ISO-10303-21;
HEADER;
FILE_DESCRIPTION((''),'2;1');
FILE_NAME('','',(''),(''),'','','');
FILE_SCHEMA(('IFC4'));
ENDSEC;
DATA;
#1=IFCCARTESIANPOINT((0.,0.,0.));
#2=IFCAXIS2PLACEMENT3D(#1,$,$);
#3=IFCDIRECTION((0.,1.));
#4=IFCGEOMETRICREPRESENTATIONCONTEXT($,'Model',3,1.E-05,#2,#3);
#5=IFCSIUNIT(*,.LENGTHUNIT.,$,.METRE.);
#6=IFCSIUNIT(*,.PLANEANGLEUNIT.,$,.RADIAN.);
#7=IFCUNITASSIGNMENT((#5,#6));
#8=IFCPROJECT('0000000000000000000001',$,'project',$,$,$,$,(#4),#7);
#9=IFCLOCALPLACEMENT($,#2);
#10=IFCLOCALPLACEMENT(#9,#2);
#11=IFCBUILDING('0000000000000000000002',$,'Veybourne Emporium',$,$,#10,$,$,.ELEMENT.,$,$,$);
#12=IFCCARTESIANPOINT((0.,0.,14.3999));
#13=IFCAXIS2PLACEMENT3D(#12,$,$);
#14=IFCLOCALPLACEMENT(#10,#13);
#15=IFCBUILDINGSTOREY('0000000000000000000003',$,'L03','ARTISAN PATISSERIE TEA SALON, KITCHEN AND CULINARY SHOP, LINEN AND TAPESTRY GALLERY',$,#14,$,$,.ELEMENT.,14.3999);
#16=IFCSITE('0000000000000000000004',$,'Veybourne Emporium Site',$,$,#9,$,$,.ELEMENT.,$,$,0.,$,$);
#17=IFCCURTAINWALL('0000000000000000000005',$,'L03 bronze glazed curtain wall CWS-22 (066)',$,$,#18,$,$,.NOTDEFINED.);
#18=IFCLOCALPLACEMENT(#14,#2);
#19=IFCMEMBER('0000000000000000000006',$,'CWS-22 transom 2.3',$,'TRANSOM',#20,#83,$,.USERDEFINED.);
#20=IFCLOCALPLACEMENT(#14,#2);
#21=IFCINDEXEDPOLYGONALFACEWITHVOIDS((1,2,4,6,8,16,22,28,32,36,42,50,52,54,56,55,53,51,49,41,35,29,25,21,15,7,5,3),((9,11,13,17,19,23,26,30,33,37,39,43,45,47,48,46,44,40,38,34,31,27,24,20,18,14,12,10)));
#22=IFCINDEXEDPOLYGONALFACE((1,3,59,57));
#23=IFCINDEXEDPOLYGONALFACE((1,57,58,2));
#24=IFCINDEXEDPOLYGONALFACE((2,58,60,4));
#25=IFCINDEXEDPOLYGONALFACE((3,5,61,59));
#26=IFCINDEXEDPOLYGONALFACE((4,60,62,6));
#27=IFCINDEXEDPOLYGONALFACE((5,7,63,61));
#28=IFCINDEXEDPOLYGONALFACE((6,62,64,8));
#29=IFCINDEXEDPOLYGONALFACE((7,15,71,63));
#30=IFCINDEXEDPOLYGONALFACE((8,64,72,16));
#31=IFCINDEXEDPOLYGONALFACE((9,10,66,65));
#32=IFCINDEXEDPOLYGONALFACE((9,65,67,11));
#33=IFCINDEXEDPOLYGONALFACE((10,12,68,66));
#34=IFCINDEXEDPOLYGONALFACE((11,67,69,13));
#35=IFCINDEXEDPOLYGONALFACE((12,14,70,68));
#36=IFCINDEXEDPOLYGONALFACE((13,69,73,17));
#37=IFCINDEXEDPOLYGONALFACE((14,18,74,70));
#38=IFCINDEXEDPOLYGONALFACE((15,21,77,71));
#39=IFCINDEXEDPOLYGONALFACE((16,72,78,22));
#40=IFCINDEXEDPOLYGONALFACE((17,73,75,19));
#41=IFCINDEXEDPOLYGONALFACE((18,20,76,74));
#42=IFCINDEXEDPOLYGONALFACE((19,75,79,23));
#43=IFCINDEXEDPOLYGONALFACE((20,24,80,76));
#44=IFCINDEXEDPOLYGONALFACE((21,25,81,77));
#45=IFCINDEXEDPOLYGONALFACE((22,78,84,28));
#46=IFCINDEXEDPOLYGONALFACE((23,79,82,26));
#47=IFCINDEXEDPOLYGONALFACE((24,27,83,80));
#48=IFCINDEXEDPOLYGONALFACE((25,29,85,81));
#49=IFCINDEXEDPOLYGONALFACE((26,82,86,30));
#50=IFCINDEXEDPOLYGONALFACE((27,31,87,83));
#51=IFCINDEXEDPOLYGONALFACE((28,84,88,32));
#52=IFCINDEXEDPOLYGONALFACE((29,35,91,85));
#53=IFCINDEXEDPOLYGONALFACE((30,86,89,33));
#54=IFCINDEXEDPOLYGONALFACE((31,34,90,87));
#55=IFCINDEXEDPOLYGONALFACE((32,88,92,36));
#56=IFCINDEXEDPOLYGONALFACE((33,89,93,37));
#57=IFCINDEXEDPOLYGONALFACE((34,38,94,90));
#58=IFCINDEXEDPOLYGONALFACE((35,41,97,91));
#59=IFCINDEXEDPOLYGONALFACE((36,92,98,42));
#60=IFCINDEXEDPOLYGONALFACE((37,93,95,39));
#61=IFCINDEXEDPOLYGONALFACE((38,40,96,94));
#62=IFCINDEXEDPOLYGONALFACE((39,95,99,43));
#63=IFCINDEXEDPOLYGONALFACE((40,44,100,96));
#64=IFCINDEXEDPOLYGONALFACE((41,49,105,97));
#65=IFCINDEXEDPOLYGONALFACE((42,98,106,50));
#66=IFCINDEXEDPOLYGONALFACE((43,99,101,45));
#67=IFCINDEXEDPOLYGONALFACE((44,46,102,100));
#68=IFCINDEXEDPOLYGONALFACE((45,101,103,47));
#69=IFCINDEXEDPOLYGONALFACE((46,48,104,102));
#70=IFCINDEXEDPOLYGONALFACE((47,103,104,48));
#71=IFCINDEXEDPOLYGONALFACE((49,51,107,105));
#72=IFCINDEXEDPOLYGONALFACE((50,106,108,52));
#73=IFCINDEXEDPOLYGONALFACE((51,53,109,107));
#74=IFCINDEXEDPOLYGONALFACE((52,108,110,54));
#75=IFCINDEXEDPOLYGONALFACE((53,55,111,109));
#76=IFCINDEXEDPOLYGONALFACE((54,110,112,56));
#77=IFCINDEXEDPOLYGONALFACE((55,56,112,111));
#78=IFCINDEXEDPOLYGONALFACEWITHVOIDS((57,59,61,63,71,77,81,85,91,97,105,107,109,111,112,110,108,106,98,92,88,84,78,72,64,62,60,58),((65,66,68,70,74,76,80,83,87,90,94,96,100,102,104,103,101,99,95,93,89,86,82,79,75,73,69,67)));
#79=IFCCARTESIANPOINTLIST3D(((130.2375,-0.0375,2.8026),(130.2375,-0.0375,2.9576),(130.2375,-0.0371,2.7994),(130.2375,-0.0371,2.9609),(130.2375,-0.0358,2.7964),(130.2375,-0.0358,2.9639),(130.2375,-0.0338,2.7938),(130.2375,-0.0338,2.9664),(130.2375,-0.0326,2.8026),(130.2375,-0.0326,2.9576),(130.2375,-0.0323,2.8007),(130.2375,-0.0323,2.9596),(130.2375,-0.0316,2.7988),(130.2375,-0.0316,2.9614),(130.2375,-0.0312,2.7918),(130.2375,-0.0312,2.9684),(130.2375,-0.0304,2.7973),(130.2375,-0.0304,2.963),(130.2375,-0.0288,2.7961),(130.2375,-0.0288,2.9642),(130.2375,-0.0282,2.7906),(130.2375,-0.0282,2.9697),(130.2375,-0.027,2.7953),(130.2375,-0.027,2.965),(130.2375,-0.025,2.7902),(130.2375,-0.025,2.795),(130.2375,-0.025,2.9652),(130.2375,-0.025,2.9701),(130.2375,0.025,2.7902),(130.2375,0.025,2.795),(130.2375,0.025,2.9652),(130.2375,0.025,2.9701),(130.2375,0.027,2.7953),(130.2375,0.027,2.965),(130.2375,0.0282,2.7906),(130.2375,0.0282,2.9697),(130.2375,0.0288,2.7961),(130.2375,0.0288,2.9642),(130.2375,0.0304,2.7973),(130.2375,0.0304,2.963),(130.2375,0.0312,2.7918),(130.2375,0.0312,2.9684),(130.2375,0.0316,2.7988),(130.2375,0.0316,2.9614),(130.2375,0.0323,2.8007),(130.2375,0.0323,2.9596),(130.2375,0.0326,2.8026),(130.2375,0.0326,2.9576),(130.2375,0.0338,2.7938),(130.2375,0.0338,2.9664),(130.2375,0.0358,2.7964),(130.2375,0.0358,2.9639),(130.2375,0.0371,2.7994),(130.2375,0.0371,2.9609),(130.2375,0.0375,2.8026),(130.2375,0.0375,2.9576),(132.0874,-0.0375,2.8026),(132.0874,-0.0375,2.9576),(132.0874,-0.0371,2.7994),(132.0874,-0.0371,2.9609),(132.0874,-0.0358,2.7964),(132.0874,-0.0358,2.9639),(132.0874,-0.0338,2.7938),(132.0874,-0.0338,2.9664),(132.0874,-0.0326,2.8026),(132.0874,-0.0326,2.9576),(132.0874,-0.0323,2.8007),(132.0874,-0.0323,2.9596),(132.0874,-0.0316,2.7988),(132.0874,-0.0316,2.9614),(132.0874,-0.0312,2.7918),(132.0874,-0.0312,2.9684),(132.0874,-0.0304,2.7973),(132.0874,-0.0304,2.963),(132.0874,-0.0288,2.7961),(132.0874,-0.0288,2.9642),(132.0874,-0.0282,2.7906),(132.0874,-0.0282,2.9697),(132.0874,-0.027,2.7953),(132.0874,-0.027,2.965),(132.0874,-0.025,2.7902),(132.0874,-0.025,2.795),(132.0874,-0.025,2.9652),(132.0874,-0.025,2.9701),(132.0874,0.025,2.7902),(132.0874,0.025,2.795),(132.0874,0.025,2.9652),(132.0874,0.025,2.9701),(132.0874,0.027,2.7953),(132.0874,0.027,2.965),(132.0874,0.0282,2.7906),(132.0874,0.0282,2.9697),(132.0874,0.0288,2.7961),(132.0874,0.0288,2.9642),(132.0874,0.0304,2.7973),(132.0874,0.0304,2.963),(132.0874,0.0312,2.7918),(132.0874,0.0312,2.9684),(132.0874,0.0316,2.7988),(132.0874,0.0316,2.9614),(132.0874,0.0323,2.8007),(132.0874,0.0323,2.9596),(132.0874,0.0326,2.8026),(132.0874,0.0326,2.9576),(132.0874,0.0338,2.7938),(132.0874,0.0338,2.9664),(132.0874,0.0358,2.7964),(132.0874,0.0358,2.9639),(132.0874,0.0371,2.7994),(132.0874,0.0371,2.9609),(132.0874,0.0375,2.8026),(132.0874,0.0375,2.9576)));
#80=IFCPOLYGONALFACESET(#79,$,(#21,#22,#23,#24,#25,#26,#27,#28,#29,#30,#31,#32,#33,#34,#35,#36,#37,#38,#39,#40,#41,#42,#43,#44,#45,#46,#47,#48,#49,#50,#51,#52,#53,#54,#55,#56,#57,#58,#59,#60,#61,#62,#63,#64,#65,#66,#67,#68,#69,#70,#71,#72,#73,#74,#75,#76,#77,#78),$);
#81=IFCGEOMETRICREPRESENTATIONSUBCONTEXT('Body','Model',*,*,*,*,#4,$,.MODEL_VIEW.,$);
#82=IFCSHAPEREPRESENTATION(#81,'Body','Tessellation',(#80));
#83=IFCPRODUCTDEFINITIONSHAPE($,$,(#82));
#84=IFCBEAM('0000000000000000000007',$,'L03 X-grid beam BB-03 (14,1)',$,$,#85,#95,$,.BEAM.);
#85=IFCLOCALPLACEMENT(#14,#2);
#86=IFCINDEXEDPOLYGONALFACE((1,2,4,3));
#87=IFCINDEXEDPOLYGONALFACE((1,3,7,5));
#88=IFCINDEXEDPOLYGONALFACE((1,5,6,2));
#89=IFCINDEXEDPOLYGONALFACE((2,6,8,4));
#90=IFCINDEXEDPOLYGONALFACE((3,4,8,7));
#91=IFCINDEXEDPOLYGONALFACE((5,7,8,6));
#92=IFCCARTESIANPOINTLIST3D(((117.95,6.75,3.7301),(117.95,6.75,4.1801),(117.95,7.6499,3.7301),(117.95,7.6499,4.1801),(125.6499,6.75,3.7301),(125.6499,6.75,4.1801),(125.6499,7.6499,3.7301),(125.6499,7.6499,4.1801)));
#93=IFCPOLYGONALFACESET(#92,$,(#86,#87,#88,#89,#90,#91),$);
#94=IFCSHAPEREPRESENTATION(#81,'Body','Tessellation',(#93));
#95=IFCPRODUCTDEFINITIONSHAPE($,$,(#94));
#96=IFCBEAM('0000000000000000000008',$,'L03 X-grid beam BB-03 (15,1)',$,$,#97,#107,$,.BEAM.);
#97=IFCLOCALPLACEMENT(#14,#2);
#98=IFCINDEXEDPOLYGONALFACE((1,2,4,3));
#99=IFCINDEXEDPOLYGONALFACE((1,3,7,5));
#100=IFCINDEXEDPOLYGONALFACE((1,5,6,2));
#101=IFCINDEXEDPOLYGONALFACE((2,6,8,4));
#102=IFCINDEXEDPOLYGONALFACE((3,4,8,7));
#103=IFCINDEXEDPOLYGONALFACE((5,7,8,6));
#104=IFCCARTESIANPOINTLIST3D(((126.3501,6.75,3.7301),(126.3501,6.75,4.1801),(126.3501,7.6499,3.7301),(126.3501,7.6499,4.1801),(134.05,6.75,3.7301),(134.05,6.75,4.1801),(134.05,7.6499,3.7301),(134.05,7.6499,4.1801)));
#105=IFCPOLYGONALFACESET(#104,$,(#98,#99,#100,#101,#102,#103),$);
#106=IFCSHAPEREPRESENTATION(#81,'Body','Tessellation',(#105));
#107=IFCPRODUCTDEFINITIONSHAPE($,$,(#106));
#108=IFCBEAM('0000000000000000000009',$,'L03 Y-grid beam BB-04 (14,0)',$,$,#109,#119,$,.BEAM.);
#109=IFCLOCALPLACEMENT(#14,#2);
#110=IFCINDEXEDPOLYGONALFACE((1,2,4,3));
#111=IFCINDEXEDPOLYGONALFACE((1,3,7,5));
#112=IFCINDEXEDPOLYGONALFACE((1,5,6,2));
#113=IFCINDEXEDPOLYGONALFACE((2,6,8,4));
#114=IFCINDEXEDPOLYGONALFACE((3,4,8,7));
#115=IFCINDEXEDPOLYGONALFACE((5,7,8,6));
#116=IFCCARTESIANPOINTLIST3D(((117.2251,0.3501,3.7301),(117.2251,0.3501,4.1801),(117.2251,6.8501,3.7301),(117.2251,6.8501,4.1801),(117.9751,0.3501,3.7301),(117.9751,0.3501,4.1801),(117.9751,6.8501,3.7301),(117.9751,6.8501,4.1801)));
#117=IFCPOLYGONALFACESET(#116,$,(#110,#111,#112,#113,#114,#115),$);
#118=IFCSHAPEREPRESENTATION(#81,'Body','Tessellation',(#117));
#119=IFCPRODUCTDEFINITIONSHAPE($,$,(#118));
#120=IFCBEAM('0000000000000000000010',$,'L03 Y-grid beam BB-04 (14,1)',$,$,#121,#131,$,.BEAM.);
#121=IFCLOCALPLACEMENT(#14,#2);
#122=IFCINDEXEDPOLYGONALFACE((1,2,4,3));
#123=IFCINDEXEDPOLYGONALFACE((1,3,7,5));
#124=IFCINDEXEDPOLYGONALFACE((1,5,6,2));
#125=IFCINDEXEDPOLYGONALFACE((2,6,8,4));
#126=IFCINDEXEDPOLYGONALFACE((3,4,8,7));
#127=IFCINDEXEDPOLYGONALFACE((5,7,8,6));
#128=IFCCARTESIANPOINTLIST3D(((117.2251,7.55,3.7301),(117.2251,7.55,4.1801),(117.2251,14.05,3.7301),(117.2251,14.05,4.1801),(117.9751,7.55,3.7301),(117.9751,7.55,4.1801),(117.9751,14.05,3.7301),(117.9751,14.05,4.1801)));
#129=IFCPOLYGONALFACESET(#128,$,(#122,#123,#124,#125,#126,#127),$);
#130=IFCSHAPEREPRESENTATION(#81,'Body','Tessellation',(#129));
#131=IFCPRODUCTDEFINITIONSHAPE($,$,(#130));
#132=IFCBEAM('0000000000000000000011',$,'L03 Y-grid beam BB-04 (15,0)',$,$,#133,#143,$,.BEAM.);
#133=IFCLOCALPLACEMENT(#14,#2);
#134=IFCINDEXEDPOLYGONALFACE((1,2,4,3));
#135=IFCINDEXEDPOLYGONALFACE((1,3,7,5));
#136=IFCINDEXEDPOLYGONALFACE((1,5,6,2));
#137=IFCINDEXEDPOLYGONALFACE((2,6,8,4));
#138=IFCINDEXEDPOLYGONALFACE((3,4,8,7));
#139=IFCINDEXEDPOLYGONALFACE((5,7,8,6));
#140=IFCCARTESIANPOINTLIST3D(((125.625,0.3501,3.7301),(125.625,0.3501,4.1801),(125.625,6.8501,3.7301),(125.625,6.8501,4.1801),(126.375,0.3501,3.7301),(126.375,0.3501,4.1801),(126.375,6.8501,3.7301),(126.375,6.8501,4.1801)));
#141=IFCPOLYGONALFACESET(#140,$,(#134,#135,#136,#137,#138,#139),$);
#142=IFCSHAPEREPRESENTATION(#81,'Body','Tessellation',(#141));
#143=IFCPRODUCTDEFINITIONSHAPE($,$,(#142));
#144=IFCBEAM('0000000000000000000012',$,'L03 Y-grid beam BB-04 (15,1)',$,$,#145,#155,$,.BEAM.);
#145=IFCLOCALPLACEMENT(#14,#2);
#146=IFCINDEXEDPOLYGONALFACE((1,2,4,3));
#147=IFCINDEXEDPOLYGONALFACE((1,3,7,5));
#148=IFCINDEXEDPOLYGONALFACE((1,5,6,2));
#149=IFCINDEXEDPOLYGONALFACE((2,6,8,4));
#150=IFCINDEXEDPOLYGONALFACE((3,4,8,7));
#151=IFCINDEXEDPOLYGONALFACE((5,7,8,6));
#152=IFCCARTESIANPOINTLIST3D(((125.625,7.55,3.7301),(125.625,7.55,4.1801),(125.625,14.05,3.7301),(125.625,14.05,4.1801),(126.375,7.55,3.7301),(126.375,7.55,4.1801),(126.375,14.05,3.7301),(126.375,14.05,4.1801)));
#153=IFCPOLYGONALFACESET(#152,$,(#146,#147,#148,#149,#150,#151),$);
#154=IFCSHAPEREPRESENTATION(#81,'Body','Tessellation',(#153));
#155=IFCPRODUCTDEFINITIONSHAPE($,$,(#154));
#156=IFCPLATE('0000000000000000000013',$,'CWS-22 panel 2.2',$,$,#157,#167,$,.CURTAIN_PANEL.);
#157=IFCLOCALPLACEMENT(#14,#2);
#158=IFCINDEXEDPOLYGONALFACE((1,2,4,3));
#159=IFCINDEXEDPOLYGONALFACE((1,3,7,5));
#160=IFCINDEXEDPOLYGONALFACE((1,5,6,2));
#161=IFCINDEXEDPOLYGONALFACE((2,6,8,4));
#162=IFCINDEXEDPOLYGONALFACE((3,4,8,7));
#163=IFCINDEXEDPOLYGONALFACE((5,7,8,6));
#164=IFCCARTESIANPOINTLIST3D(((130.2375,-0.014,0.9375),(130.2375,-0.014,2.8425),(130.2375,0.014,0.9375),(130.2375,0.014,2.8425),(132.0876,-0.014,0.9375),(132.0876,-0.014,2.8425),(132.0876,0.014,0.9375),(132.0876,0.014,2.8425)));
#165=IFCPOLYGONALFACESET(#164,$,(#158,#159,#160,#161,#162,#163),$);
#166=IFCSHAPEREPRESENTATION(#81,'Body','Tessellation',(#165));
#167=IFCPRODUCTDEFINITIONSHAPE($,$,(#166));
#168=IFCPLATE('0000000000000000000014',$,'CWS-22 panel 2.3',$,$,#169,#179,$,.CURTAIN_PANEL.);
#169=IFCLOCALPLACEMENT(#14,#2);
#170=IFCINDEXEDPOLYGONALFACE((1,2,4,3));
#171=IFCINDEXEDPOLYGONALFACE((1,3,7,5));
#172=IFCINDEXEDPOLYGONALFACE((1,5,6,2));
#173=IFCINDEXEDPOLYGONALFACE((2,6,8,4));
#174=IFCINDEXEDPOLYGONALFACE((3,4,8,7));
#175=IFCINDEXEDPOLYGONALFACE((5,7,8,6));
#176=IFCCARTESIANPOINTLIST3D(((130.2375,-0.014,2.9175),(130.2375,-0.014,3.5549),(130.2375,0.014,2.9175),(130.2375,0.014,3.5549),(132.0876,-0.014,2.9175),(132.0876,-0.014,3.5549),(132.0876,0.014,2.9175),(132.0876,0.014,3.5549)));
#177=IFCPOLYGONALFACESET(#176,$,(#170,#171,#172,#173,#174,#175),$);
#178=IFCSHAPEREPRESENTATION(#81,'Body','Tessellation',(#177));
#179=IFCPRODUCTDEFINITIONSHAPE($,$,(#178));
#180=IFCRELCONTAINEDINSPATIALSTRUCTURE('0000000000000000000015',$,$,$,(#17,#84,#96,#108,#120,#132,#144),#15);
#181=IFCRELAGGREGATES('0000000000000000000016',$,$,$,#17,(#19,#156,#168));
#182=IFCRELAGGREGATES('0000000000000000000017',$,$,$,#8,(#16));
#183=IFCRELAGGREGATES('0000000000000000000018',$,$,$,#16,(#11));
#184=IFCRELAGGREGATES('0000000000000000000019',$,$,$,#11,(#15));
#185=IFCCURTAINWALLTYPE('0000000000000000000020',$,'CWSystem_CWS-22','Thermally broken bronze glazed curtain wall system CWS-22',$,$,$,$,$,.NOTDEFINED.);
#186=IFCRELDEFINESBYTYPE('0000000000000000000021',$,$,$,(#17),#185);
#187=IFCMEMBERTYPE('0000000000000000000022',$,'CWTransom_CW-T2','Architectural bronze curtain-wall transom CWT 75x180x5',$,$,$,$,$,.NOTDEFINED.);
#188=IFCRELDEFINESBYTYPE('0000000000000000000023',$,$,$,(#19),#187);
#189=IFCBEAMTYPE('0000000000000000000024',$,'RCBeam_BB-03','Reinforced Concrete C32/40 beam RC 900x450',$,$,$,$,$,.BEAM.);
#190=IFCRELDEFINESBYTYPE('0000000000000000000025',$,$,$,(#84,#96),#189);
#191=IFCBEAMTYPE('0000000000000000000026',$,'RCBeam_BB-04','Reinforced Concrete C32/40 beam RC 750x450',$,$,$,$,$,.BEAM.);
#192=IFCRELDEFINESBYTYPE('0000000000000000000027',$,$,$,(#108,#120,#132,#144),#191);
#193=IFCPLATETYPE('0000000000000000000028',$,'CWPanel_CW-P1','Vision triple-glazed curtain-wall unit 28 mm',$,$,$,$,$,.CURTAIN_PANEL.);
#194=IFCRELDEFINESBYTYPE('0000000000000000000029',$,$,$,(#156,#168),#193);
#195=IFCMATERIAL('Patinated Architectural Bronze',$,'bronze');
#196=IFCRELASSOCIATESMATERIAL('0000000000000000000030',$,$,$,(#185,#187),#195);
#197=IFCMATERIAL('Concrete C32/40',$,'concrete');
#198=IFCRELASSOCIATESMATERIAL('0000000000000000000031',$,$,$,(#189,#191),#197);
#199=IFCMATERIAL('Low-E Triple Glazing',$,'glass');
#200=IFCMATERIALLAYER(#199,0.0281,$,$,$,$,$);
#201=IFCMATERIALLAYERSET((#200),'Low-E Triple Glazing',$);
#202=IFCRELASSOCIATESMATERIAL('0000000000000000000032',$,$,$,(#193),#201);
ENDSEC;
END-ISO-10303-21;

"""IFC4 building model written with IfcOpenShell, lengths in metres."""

from ifc_helpers import new_model, si_unit, direction, frame, origin, origin_2d, place, context, subcontext, project, spatial, rectangle, hollow_rectangle, extrude, material, layer, layer_set, material_profile, profile_set, type_object, element, aggregate, save


model = new_model("IFC4")

# Units and contexts
model_context = context("Model", 3, precision=1e-05, world=origin(), true_north=direction((0.0, 1.0)))
body_context = subcontext(model_context, "Body", "Model", "MODEL_VIEW")
ifc_project = project(units=[si_unit("LENGTHUNIT", "METRE"), si_unit("PLANEANGLEUNIT", "RADIAN")], contexts=[model_context])

# Site, building, storey
site_placement = place(None, origin())
site = spatial("IfcSite", under=ifc_project, at=site_placement, Name="Veybourne Emporium Site", CompositionType="ELEMENT", RefElevation=0.0)
building_placement = place(site_placement, origin())
building = spatial("IfcBuilding", under=site, at=building_placement, Name="Veybourne Emporium", CompositionType="ELEMENT")
storey_placement = place(building_placement, frame((0.0, 0.0, 14.3999)))
storey = spatial("IfcBuildingStorey", under=building, at=storey_placement, Name="L03", Description="ARTISAN PATISSERIE TEA SALON, KITCHEN AND CULINARY SHOP, LINEN AND TAPESTRY GALLERY", CompositionType="ELEMENT", Elevation=14.3999)

# Curtain wall, member
ifc_material_1 = material(Name="Patinated Architectural Bronze", Category="bronze")
curtain_wall_type = type_object("IfcCurtainWallType", Name="CWSystem_CWS-22", Description="Thermally broken bronze glazed curtain wall system CWS-22", PredefinedType="NOTDEFINED", material=ifc_material_1)
curtain_wall_placement = place(storey_placement, origin())
curtain_wall = element("IfcCurtainWall", 1, at=curtain_wall_placement, inside=storey, type_object=curtain_wall_type, Name="L03 bronze glazed curtain wall CWS-22 (066)", PredefinedType="NOTDEFINED")
ifc_material_profile_1 = material_profile(ifc_material_1, hollow_rectangle(XDim=0.075, YDim=0.1799, WallThickness=0.0049, InnerFilletRadius=0.0076, OuterFilletRadius=0.0125, at=origin_2d()), Name="CWT 75x180x5")
ifc_profile_set_1 = profile_set([ifc_material_profile_1], Name="Patinated Architectural Bronze")
member_type = type_object("IfcMemberType", Name="CWTransom_CW-T2", Description="Architectural bronze curtain-wall transom CWT 75x180x5", PredefinedType="NOTDEFINED", material=ifc_profile_set_1)
member_1_placement = place(storey_placement, frame((132.0874, 0.0, 2.8801), z_axis=(-1.0, 0.0, 0.0), x_axis=(0.0, -1.0, 0.0)))
member_1 = element("IfcMember", 2, at=member_1_placement, type_object=member_type, Name="CWS-22 transom 2.3", ObjectType="TRANSOM", PredefinedType="USERDEFINED", context=body_context, shape_type="SweptSolid", body=[
    extrude(hollow_rectangle(XDim=0.075, YDim=0.1799, WallThickness=0.0049, InnerFilletRadius=0.0076, OuterFilletRadius=0.0125, at=origin_2d()), origin(), (0.0, 0.0, 1.0), 1.8499),
])

# Beams
ifc_material_2 = material(Name="Concrete C32/40", Category="concrete")
ifc_material_profile_2 = material_profile(ifc_material_2, rectangle(XDim=0.8999, YDim=0.45, at=origin_2d()), Name="RC 900x450")
ifc_profile_set_2 = profile_set([ifc_material_profile_2], Name="Concrete C32/40")
beam_type_1 = type_object("IfcBeamType", Name="RCBeam_BB-03", Description="Reinforced Concrete C32/40 beam RC 900x450", PredefinedType="BEAM", material=ifc_profile_set_2)
for number, where, z_axis, x_axis, name in (
    (3, (117.95, 7.2, 3.9551), (1.0, 0.0, 0.0), (0.0, 1.0, 0.0), "L03 X-grid beam BB-03 (14,1)"),
    (4, (126.3501, 7.2, 3.9551), (1.0, 0.0, 0.0), (0.0, 1.0, 0.0), "L03 X-grid beam BB-03 (15,1)"),
):
    element("IfcBeam", number, at=place(storey_placement, frame(where, z_axis=z_axis, x_axis=x_axis)), inside=storey, type_object=beam_type_1, Name=name, PredefinedType="BEAM", context=body_context, shape_type="SweptSolid", body=[
        extrude(rectangle(XDim=0.8999, YDim=0.45, at=origin_2d()), origin(), (0.0, 0.0, 1.0), 7.7),
    ])
ifc_material_profile_3 = material_profile(ifc_material_2, rectangle(XDim=0.75, YDim=0.45, at=origin_2d()), Name="RC 750x450")
ifc_profile_set_3 = profile_set([ifc_material_profile_3], Name="Concrete C32/40")
beam_type_2 = type_object("IfcBeamType", Name="RCBeam_BB-04", Description="Reinforced Concrete C32/40 beam RC 750x450", PredefinedType="BEAM", material=ifc_profile_set_3)
for number, where, z_axis, x_axis, name in (
    (5, (117.6001, 0.3501, 3.9551), (0.0, 1.0, 0.0), (-1.0, 0.0, 0.0), "L03 Y-grid beam BB-04 (14,0)"),
    (6, (117.6001, 7.55, 3.9551), (0.0, 1.0, 0.0), (-1.0, 0.0, 0.0), "L03 Y-grid beam BB-04 (14,1)"),
    (7, (126.0, 0.3501, 3.9551), (0.0, 1.0, 0.0), (-1.0, 0.0, 0.0), "L03 Y-grid beam BB-04 (15,0)"),
    (8, (126.0, 7.55, 3.9551), (0.0, 1.0, 0.0), (-1.0, 0.0, 0.0), "L03 Y-grid beam BB-04 (15,1)"),
):
    element("IfcBeam", number, at=place(storey_placement, frame(where, z_axis=z_axis, x_axis=x_axis)), inside=storey, type_object=beam_type_2, Name=name, PredefinedType="BEAM", context=body_context, shape_type="SweptSolid", body=[
        extrude(rectangle(XDim=0.75, YDim=0.45, at=origin_2d()), origin(), (0.0, 0.0, 1.0), 6.5),
    ])

# Plates
ifc_material_3 = material(Name="Low-E Triple Glazing", Category="glass")
ifc_layer_1 = layer(ifc_material_3, 0.0281)
ifc_layer_set_1 = layer_set([ifc_layer_1], Name="Low-E Triple Glazing")
plate_type = type_object("IfcPlateType", Name="CWPanel_CW-P1", Description="Vision triple-glazed curtain-wall unit 28 mm", PredefinedType="CURTAIN_PANEL", material=ifc_layer_set_1)
plate_1_placement = place(storey_placement, frame((131.1626, 0.0, 0.9375), z_axis=(0.0, 0.0, 1.0), x_axis=(-1.0, 0.0, 0.0)))
plate_1 = element("IfcPlate", 9, at=plate_1_placement, type_object=plate_type, Name="CWS-22 panel 2.2", PredefinedType="CURTAIN_PANEL", context=body_context, shape_type="SweptSolid", body=[
    extrude(rectangle(XDim=1.8501, YDim=0.0281, at=origin_2d()), origin(), (0.0, 0.0, 1.0), 1.905),
])
plate_2_placement = place(storey_placement, frame((131.1626, 0.0, 2.9175), z_axis=(0.0, 0.0, 1.0), x_axis=(-1.0, 0.0, 0.0)))
plate_2 = element("IfcPlate", 10, at=plate_2_placement, type_object=plate_type, Name="CWS-22 panel 2.3", PredefinedType="CURTAIN_PANEL", context=body_context, shape_type="SweptSolid", body=[
    extrude(rectangle(XDim=1.8501, YDim=0.0281, at=origin_2d()), origin(), (0.0, 0.0, 1.0), 0.6375),
])
aggregate(curtain_wall, [member_1, plate_1, plate_2])

save(model, "model.ifc")
